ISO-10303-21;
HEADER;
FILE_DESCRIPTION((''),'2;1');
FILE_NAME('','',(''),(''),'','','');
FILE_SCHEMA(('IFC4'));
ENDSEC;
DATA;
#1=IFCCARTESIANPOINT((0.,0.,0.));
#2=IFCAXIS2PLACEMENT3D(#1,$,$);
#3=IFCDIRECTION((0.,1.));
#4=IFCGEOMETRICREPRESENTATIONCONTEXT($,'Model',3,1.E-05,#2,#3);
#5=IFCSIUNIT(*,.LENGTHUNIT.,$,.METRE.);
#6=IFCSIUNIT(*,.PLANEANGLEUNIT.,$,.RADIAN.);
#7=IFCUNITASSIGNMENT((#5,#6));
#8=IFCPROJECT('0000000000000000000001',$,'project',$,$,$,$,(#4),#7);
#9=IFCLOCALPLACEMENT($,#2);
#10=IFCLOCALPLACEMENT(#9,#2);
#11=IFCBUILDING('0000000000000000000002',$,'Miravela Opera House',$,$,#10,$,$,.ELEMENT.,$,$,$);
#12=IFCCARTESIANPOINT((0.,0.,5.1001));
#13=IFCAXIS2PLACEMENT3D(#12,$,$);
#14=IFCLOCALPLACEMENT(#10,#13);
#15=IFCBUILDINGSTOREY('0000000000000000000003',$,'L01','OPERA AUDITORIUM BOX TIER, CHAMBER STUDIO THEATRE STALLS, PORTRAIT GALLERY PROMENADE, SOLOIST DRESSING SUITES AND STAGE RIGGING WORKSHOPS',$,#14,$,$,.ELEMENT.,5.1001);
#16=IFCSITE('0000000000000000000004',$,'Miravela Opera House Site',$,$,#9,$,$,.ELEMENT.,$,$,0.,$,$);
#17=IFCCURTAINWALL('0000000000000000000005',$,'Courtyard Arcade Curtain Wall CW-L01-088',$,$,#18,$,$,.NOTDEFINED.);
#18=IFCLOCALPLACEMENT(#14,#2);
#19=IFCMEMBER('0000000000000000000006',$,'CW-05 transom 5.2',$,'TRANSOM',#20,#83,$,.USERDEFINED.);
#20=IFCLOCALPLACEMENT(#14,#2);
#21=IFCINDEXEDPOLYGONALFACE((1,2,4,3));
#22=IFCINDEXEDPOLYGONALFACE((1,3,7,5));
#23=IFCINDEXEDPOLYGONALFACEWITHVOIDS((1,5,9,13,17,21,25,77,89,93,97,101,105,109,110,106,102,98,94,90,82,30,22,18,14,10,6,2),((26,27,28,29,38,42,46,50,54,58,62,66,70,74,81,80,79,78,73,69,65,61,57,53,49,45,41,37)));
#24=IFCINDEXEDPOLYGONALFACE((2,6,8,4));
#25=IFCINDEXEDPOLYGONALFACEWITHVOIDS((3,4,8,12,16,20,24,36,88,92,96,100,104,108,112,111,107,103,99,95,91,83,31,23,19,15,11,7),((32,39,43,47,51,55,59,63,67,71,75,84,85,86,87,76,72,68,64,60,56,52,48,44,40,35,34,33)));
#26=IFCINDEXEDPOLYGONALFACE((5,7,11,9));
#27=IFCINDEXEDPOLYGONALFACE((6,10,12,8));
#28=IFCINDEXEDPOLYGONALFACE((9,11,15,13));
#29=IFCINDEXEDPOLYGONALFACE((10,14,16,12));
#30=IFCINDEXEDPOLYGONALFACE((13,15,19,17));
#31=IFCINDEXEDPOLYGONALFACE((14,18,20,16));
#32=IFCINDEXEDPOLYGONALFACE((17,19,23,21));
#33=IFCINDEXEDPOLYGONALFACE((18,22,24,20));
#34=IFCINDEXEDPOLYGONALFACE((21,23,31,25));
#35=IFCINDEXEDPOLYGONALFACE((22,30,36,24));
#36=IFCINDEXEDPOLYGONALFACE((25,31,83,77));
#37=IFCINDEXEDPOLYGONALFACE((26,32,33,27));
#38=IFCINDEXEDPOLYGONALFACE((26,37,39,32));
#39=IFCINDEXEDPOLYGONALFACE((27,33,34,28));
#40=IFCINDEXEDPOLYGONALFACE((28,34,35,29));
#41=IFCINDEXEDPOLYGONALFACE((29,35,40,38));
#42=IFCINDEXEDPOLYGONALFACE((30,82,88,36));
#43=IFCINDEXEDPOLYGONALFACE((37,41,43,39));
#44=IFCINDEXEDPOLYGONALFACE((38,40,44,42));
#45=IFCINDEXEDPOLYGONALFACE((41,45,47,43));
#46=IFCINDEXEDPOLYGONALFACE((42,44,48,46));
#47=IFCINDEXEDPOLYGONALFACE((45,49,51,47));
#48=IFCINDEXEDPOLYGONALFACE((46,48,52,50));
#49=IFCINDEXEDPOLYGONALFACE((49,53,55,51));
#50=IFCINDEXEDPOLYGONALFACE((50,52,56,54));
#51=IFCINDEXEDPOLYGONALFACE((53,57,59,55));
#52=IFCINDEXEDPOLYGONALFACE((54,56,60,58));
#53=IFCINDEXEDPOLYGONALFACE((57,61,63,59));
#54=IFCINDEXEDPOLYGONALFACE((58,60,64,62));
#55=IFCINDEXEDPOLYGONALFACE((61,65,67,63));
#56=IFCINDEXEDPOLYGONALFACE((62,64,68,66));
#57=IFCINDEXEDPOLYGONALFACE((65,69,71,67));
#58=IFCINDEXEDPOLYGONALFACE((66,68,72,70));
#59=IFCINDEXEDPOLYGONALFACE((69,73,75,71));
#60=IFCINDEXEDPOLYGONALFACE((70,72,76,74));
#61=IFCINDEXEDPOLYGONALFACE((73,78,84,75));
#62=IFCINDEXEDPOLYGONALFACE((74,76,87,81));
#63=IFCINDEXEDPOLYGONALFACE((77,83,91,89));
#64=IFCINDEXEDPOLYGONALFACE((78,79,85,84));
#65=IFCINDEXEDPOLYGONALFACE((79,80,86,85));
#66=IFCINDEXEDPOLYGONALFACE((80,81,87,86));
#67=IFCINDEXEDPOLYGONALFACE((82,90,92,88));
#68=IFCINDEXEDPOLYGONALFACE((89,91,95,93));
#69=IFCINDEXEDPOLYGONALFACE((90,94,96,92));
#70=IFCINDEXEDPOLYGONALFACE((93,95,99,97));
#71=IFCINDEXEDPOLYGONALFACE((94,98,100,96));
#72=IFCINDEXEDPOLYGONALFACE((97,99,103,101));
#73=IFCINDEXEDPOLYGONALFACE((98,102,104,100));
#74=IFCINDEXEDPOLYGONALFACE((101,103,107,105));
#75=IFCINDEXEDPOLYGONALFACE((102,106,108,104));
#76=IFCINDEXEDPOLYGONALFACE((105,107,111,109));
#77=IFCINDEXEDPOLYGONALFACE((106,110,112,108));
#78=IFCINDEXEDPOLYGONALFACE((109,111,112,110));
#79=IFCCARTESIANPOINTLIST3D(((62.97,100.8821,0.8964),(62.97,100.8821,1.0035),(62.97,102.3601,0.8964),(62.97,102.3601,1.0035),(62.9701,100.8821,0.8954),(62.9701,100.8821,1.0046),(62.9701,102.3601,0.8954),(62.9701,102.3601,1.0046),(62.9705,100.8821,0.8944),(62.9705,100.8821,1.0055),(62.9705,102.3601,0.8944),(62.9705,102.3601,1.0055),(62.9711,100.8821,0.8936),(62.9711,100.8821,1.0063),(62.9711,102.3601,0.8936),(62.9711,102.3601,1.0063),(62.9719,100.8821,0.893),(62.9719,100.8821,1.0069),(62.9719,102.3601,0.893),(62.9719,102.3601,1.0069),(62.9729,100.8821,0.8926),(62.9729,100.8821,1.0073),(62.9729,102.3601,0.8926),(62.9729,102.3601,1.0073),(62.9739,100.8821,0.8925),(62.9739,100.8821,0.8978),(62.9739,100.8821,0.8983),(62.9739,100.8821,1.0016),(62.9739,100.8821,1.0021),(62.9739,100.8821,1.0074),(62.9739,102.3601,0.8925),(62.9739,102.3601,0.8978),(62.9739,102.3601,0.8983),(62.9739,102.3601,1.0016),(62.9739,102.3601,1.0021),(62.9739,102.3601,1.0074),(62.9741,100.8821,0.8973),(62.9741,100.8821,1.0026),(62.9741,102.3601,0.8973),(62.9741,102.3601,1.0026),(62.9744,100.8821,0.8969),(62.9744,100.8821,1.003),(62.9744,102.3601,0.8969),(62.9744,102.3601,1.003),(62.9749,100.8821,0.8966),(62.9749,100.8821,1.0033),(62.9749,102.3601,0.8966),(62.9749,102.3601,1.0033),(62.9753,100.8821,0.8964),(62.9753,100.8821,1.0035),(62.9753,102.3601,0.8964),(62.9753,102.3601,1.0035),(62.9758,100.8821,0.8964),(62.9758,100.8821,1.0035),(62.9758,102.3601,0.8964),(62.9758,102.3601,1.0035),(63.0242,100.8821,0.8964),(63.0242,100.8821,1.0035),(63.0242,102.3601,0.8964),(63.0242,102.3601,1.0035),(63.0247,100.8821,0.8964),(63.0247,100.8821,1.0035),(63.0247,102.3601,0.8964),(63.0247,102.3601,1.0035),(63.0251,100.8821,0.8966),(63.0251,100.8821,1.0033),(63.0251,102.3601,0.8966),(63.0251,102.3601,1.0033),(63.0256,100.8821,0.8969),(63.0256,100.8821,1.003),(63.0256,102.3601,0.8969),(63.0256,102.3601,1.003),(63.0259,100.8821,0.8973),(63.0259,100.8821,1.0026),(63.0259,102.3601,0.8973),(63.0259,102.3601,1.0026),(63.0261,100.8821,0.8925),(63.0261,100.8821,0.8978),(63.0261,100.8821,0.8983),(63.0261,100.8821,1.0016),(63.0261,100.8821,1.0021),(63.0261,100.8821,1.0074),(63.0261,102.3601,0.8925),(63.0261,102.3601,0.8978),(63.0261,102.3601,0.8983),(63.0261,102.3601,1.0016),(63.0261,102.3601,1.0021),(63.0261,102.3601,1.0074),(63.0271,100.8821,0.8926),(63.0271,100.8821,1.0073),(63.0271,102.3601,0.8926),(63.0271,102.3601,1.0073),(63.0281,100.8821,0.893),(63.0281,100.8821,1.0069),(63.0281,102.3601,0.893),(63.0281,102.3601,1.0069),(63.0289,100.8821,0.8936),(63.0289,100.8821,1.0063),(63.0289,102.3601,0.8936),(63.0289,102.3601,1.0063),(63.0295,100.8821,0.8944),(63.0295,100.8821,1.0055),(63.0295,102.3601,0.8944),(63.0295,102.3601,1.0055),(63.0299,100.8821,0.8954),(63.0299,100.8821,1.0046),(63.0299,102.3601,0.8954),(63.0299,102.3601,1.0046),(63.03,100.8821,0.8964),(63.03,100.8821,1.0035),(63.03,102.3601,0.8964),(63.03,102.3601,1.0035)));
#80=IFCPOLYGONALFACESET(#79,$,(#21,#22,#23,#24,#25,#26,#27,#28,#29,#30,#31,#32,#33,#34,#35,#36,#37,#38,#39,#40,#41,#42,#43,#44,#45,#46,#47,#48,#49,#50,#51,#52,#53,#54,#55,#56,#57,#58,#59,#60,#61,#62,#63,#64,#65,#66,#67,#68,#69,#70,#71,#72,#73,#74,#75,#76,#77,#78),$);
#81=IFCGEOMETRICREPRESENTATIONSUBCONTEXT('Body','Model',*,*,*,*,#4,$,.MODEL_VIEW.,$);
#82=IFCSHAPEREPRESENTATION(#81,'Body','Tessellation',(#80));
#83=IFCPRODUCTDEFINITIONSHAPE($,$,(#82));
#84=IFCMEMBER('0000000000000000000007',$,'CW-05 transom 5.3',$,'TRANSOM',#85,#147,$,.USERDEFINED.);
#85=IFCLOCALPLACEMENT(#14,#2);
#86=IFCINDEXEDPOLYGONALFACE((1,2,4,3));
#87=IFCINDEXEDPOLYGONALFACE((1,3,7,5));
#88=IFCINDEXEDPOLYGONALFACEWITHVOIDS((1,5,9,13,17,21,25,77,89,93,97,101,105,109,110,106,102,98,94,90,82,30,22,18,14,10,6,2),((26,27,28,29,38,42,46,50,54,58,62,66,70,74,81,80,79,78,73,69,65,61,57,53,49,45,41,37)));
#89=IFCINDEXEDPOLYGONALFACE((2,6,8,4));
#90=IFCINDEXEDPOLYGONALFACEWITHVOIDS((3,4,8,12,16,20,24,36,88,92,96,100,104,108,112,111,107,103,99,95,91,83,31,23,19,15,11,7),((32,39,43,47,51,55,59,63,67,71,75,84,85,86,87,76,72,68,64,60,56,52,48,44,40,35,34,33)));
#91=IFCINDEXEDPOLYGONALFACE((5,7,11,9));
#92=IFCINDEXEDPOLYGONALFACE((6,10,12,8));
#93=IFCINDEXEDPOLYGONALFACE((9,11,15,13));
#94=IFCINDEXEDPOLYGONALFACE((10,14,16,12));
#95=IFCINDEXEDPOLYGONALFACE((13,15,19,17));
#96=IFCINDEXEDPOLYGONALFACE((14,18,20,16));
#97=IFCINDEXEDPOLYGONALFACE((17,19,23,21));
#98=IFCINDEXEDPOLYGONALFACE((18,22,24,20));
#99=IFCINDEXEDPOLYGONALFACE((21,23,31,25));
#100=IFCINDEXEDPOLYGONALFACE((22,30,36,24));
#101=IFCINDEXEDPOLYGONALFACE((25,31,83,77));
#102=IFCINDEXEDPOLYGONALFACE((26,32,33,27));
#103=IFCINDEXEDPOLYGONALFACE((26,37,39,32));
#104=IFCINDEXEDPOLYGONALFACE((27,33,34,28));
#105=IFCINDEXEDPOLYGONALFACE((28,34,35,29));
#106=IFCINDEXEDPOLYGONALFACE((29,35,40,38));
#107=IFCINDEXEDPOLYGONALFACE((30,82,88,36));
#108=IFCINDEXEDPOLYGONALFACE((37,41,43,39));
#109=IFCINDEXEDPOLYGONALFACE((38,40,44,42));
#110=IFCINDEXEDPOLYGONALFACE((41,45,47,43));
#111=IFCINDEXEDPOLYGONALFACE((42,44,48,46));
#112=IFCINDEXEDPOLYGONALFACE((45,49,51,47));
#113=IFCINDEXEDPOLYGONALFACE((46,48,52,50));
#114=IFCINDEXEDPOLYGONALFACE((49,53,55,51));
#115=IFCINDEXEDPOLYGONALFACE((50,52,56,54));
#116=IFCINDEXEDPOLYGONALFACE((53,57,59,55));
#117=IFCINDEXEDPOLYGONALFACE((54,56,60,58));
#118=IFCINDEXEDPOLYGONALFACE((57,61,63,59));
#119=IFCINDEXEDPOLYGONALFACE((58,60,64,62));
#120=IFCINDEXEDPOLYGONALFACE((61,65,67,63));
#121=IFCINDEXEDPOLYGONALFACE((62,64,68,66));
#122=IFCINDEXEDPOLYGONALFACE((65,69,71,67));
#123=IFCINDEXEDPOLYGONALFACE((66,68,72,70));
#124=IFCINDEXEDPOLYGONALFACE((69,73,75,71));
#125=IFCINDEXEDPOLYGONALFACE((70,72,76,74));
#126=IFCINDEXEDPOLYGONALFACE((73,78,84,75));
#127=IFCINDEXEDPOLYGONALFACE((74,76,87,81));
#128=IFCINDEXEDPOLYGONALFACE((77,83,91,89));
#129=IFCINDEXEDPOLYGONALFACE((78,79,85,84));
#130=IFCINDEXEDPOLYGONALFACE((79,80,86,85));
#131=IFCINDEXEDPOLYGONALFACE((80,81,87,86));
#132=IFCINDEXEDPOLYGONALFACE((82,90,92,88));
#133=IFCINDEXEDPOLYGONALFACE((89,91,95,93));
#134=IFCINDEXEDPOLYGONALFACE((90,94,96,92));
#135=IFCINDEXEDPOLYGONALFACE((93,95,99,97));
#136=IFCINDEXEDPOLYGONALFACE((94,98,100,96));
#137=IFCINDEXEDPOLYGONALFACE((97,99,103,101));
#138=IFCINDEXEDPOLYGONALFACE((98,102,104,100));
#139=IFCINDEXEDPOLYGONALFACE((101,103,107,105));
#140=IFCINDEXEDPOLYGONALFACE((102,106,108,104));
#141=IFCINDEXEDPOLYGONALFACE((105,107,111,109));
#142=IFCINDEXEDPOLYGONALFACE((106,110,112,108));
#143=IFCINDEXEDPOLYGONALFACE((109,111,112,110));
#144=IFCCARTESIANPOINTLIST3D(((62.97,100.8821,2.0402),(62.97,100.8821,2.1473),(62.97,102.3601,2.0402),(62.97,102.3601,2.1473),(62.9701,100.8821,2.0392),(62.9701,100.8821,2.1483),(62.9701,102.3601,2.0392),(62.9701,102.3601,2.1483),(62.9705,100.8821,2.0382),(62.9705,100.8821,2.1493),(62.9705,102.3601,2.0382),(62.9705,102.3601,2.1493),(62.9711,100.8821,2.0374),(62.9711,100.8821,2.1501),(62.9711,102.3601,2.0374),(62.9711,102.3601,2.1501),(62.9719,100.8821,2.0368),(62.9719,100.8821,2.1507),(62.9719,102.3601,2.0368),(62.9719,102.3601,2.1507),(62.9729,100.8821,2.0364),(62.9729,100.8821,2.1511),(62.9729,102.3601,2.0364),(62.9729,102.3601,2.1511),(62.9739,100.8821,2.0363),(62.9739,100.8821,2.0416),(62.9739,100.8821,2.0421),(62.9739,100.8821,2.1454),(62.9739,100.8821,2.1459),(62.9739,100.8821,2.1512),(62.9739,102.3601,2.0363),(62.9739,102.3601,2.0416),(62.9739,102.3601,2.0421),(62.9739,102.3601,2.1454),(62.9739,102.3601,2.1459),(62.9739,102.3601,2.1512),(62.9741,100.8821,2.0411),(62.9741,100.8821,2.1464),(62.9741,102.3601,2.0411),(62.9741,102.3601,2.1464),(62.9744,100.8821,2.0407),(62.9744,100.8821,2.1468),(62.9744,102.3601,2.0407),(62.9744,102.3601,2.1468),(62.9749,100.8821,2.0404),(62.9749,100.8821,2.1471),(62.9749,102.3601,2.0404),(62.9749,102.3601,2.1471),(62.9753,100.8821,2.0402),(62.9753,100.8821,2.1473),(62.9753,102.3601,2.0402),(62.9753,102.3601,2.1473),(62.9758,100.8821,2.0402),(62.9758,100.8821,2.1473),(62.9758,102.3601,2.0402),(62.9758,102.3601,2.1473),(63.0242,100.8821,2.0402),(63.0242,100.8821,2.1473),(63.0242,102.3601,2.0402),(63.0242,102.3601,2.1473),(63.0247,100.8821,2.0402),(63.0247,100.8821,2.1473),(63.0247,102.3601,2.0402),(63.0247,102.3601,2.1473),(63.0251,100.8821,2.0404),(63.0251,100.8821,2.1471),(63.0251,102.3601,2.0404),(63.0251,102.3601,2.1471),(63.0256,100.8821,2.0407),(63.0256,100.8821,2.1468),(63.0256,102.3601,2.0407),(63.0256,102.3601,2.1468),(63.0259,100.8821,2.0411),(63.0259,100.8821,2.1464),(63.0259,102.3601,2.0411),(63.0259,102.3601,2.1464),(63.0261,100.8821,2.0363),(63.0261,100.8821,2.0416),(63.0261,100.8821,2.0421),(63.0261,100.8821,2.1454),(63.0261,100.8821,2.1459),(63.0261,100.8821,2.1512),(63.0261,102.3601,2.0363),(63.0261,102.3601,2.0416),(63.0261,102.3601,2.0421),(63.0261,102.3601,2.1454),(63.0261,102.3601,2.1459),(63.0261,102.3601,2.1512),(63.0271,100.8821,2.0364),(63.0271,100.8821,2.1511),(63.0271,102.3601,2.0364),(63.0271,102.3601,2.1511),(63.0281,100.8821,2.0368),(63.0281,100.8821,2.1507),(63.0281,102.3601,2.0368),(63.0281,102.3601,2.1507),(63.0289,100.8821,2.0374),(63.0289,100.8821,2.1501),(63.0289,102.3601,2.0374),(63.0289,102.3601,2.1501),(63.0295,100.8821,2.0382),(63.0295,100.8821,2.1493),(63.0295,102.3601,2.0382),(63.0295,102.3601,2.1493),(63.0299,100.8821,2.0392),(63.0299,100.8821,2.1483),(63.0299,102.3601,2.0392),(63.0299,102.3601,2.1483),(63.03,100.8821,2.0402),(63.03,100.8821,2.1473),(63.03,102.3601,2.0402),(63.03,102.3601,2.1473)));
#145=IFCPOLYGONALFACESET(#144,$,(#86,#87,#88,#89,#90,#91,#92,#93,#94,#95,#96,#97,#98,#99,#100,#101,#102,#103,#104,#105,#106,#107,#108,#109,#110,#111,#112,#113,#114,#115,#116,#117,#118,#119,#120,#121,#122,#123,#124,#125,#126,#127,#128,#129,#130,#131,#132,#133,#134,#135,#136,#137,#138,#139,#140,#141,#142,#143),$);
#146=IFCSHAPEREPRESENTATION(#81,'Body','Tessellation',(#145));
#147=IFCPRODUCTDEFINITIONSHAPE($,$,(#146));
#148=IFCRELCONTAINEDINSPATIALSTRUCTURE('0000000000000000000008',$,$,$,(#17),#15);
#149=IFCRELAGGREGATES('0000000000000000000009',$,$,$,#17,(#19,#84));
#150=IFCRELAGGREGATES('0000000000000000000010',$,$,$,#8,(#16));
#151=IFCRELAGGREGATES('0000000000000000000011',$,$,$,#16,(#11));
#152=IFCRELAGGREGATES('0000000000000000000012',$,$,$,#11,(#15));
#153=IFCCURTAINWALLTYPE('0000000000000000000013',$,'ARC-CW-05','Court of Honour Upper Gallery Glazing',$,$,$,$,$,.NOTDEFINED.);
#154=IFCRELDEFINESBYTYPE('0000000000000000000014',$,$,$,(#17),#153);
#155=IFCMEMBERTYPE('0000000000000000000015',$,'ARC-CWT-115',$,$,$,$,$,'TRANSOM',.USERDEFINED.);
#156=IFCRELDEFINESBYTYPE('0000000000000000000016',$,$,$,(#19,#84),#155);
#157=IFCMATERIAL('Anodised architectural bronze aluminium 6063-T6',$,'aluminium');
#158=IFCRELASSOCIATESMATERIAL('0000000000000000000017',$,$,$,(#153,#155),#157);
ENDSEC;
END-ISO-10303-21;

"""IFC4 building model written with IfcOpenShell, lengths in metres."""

from ifc_helpers import new_model, si_unit, direction, frame, origin, origin_2d, place, context, subcontext, project, spatial, hollow_rectangle, extrude, material, material_profile, profile_set, type_object, element, aggregate, save


model = new_model("IFC4")

# Units and contexts
model_context = context("Model", 3, precision=1e-05, world=origin(), true_north=direction((0.0, 1.0)))
body_context = subcontext(model_context, "Body", "Model", "MODEL_VIEW")
ifc_project = project(units=[si_unit("LENGTHUNIT", "METRE"), si_unit("PLANEANGLEUNIT", "RADIAN")], contexts=[model_context])

# Site, building, storey
site_placement = place(None, origin())
site = spatial("IfcSite", under=ifc_project, at=site_placement, Name="Miravela Opera House Site", CompositionType="ELEMENT", RefElevation=0.0)
building_placement = place(site_placement, origin())
building = spatial("IfcBuilding", under=site, at=building_placement, Name="Miravela Opera House", CompositionType="ELEMENT")
storey_placement = place(building_placement, frame((0.0, 0.0, 5.1001)))
storey = spatial("IfcBuildingStorey", under=building, at=storey_placement, Name="L01", Description="OPERA AUDITORIUM BOX TIER, CHAMBER STUDIO THEATRE STALLS, PORTRAIT GALLERY PROMENADE, SOLOIST DRESSING SUITES AND STAGE RIGGING WORKSHOPS", CompositionType="ELEMENT", Elevation=5.1001)

# Curtain wall, members
ifc_material_1 = material(Name="Anodised architectural bronze aluminium 6063-T6", Category="aluminium")
curtain_wall_type = type_object("IfcCurtainWallType", Name="ARC-CW-05", Description="Court of Honour Upper Gallery Glazing", PredefinedType="NOTDEFINED", material=ifc_material_1)
curtain_wall_placement = place(storey_placement, origin())
curtain_wall = element("IfcCurtainWall", 1, at=curtain_wall_placement, inside=storey, type_object=curtain_wall_type, Name="Courtyard Arcade Curtain Wall CW-L01-088", PredefinedType="NOTDEFINED")
ifc_material_profile_1 = material_profile(ifc_material_1, hollow_rectangle(XDim=0.0601, YDim=0.115, WallThickness=0.0039, InnerFilletRadius=0.002, OuterFilletRadius=0.0039, at=origin_2d()), Name="CWT-60X115")
ifc_profile_set_1 = profile_set([ifc_material_profile_1])
member_type_1 = type_object("IfcMemberType", Name="ARC-CWT-115", ElementType="TRANSOM", PredefinedType="USERDEFINED", material=ifc_profile_set_1)
member_1_placement = place(storey_placement, frame((63.0, 100.8821, 0.95), z_axis=(0.0, 1.0, 0.0), x_axis=(-1.0, 0.0, 0.0)))
member_1 = element("IfcMember", 2, at=member_1_placement, type_object=member_type_1, Name="CW-05 transom 5.2", ObjectType="TRANSOM", PredefinedType="USERDEFINED", context=body_context, shape_type="SweptSolid", body=[
    extrude(hollow_rectangle(XDim=0.0601, YDim=0.115, WallThickness=0.0039, InnerFilletRadius=0.002, OuterFilletRadius=0.0039, at=origin_2d()), origin(), (0.0, 0.0, 1.0), 1.478),
])
member_2_placement = place(storey_placement, frame((63.0, 100.8821, 2.0938), z_axis=(0.0, 1.0, 0.0), x_axis=(-1.0, 0.0, 0.0)))
member_2 = element("IfcMember", 3, at=member_2_placement, type_object=member_type_1, Name="CW-05 transom 5.3", ObjectType="TRANSOM", PredefinedType="USERDEFINED", context=body_context, shape_type="SweptSolid", body=[
    extrude(hollow_rectangle(XDim=0.0601, YDim=0.115, WallThickness=0.0039, InnerFilletRadius=0.002, OuterFilletRadius=0.0039, at=origin_2d()), origin(), (0.0, 0.0, 1.0), 1.478),
])

aggregate(curtain_wall, [member_1, member_2])

save(model, "model.ifc")
